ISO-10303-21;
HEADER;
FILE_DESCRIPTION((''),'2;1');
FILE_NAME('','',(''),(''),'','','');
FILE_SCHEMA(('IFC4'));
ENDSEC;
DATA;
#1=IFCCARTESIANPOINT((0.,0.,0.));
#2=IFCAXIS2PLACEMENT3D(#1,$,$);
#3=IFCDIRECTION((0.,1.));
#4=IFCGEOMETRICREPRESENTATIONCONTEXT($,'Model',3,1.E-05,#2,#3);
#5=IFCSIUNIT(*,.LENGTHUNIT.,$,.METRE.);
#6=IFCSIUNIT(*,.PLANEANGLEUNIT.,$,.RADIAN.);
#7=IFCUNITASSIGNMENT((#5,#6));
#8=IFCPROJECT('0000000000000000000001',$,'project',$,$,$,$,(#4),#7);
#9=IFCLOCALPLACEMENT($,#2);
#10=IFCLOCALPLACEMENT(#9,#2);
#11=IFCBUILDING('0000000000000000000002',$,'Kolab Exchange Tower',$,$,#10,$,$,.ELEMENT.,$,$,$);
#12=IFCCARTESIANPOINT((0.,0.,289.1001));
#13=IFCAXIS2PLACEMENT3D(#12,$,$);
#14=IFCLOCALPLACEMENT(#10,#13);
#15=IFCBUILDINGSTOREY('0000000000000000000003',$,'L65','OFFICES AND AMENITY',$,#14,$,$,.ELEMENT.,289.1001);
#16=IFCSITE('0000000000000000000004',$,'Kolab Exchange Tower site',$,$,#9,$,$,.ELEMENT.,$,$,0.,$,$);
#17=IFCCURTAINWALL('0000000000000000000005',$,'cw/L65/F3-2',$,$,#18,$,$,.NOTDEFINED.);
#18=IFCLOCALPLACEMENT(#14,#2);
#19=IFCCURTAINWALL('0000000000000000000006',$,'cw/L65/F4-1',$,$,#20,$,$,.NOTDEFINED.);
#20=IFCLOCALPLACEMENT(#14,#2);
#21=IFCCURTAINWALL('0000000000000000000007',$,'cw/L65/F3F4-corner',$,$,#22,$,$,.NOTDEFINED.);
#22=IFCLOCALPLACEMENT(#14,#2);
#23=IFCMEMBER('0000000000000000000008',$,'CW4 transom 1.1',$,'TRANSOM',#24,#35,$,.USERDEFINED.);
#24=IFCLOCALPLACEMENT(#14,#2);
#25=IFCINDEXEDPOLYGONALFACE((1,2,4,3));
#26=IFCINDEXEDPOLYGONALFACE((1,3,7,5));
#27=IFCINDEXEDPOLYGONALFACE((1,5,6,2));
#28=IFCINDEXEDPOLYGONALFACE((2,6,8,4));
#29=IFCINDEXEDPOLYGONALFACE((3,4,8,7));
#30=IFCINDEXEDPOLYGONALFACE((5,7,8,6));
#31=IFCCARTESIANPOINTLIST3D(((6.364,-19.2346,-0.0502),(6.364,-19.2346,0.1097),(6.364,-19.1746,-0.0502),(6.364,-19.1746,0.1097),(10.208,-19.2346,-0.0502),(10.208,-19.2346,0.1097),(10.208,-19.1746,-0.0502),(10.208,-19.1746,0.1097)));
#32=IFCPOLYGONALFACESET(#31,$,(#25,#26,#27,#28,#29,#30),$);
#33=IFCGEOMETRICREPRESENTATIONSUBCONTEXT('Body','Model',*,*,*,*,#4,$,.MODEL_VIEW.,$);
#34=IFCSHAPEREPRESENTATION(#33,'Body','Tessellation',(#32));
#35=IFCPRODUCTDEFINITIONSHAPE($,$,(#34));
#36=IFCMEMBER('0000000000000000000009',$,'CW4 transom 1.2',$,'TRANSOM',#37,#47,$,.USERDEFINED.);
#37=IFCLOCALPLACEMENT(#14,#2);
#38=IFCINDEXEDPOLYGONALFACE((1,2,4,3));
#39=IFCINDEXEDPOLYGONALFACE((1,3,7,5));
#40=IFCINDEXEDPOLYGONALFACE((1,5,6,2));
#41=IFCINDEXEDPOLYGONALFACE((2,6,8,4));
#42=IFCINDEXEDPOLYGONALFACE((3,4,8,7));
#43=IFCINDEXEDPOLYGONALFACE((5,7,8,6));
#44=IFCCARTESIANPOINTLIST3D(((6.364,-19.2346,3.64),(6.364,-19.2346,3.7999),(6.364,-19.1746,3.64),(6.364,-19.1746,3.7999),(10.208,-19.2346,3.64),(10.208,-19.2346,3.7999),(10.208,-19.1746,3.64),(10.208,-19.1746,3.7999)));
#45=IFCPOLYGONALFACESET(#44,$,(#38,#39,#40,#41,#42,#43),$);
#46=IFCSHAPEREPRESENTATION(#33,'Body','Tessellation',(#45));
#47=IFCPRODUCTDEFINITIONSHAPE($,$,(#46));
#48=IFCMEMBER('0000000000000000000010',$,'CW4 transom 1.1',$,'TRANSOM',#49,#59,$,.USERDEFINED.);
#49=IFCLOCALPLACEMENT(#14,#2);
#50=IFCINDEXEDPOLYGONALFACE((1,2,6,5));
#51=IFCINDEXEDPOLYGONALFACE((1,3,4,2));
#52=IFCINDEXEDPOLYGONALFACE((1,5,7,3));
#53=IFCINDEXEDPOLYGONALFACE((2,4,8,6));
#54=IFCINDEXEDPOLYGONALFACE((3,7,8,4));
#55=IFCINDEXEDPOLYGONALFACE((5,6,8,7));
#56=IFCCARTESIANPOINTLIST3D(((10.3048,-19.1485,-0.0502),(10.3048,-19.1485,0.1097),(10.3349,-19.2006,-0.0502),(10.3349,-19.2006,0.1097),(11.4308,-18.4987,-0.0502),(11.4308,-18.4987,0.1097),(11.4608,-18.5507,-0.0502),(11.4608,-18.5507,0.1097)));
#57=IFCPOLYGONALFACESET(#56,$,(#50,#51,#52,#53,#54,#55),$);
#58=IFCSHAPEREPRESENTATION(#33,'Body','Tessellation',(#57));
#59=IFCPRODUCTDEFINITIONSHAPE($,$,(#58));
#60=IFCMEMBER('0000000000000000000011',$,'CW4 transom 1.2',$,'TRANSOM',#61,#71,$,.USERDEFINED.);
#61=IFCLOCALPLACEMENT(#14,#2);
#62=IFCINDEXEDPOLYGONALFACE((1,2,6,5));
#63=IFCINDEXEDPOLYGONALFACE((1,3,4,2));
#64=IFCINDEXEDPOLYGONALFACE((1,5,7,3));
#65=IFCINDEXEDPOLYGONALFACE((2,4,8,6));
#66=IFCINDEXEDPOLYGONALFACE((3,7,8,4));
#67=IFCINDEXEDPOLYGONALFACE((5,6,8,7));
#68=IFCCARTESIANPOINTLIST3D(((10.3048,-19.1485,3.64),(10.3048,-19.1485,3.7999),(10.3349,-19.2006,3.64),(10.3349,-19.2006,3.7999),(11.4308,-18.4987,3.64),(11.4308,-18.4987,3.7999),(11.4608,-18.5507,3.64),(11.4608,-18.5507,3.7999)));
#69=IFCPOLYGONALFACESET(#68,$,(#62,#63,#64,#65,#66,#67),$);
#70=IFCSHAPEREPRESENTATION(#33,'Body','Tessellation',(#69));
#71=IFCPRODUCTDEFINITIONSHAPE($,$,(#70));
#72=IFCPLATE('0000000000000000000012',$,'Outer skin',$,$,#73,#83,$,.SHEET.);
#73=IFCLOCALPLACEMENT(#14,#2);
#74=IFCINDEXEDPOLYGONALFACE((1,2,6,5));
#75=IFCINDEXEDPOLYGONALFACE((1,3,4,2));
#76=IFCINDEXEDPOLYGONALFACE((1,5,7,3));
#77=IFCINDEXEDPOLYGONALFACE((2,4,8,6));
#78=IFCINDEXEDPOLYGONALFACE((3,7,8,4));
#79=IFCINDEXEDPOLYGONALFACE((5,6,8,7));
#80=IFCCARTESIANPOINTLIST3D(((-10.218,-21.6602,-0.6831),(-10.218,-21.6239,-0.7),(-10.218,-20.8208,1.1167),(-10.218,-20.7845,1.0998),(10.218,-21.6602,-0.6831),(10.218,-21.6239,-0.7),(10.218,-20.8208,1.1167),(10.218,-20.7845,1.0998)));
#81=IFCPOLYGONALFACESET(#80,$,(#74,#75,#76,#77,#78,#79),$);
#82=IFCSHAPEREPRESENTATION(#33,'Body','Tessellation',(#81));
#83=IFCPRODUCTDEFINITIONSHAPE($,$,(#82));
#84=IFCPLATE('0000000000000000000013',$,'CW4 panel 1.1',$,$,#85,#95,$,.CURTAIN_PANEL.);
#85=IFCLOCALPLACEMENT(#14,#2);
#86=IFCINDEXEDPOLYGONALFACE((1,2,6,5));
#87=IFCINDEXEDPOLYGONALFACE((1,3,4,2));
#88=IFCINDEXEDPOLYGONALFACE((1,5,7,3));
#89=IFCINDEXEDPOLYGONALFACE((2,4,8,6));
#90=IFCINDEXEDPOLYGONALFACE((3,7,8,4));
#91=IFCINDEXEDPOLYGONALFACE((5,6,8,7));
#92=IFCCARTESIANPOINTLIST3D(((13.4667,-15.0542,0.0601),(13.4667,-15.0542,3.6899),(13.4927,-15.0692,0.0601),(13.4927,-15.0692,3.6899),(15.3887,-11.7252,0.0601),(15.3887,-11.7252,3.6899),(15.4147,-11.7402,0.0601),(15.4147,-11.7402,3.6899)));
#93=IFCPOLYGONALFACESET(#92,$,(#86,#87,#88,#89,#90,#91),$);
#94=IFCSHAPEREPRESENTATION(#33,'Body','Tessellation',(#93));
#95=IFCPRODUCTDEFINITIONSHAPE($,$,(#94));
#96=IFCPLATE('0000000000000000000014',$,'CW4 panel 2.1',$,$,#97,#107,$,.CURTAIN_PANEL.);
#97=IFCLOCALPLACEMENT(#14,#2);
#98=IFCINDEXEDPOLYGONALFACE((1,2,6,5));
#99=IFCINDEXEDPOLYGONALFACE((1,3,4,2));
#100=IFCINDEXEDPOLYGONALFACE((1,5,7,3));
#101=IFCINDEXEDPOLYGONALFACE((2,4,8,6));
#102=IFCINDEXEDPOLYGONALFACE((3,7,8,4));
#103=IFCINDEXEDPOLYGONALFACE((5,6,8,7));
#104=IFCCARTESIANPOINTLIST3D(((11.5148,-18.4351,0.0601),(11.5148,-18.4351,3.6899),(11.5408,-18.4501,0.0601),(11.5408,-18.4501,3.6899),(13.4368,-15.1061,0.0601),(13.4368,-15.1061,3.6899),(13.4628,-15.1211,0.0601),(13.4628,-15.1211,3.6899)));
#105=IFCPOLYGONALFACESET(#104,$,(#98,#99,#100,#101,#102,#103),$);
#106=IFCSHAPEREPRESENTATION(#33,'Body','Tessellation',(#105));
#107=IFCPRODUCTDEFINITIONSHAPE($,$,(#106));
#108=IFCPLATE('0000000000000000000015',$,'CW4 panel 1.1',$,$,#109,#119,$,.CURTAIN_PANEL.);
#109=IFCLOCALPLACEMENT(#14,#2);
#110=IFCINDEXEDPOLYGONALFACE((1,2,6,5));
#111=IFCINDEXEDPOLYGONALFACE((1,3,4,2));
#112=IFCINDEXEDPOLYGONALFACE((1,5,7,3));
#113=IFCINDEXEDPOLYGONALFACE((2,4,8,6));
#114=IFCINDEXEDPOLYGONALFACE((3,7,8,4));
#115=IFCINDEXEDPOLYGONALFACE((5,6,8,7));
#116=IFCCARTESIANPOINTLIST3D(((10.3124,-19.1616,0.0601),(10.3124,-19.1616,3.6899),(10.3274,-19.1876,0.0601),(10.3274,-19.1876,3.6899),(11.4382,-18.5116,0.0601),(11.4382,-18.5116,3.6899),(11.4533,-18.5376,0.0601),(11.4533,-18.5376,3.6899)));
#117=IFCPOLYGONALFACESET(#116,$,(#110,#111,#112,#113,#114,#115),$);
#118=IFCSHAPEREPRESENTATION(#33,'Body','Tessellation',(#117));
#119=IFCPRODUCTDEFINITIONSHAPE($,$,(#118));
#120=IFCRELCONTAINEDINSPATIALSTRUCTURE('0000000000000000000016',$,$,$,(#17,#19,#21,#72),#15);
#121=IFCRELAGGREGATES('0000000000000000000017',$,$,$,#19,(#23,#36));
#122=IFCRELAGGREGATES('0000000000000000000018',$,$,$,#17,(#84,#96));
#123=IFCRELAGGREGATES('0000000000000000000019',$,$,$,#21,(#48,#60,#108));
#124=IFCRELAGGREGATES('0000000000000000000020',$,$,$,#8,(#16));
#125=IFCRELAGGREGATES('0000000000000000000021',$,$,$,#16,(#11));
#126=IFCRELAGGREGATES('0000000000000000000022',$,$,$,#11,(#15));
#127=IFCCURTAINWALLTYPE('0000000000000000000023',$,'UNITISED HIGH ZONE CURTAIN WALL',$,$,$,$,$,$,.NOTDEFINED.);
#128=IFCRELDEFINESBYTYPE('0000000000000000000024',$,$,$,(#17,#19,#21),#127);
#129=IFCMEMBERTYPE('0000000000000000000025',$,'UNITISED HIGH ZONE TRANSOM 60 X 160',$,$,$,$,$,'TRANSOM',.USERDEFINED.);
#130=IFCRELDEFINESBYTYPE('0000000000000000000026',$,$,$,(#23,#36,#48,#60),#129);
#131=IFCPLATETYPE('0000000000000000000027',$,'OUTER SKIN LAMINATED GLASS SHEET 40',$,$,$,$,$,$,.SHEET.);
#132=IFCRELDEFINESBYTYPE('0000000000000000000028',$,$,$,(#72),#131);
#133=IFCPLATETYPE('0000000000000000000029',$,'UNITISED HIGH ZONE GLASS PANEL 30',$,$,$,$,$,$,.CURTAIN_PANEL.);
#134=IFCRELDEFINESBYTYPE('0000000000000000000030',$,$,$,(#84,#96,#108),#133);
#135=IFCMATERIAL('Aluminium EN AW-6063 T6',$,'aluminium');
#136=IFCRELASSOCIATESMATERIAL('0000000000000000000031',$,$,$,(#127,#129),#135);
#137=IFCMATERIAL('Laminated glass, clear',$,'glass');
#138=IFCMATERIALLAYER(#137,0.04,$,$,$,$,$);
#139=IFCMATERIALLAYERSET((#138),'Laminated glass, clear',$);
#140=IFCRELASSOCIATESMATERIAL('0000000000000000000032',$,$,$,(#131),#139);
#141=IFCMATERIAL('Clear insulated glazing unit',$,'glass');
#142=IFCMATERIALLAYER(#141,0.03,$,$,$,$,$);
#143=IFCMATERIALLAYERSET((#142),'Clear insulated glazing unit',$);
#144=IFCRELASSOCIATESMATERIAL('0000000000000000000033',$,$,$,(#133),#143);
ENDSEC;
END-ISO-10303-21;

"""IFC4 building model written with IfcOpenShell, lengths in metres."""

from ifc_helpers import new_model, si_unit, direction, frame, origin, origin_2d, place, context, subcontext, project, spatial, polyline, rectangle, outline, extrude, material, layer, layer_set, material_profile, profile_set, type_object, element, aggregate, save


model = new_model("IFC4")

# Units and contexts
model_context = context("Model", 3, precision=1e-05, world=origin(), true_north=direction((0.0, 1.0)))
body_context = subcontext(model_context, "Body", "Model", "MODEL_VIEW")
ifc_project = project(units=[si_unit("LENGTHUNIT", "METRE"), si_unit("PLANEANGLEUNIT", "RADIAN")], contexts=[model_context])

# Site, building, storey
site_placement = place(None, origin())
site = spatial("IfcSite", under=ifc_project, at=site_placement, Name="Kolab Exchange Tower site", CompositionType="ELEMENT", RefElevation=0.0)
building_placement = place(site_placement, origin())
building = spatial("IfcBuilding", under=site, at=building_placement, Name="Kolab Exchange Tower", CompositionType="ELEMENT")
storey_placement = place(building_placement, frame((0.0, 0.0, 289.1001)))
storey = spatial("IfcBuildingStorey", under=building, at=storey_placement, Name="L65", Description="OFFICES AND AMENITY", CompositionType="ELEMENT", Elevation=289.1001)

# Curtain wall
ifc_material_1 = material(Name="Aluminium EN AW-6063 T6", Category="aluminium")
curtain_wall_type = type_object("IfcCurtainWallType", Name="UNITISED HIGH ZONE CURTAIN WALL", PredefinedType="NOTDEFINED", material=ifc_material_1)
curtain_wall_1_placement = place(storey_placement, origin())
curtain_wall_1 = element("IfcCurtainWall", 1, at=curtain_wall_1_placement, inside=storey, type_object=curtain_wall_type, Name="cw/L65/F3-2", PredefinedType="NOTDEFINED")

# Curtain wall
curtain_wall_2_placement = place(storey_placement, origin())
curtain_wall_2 = element("IfcCurtainWall", 2, at=curtain_wall_2_placement, inside=storey, type_object=curtain_wall_type, Name="cw/L65/F4-1", PredefinedType="NOTDEFINED")

# Curtain wall
curtain_wall_3_placement = place(storey_placement, origin())
curtain_wall_3 = element("IfcCurtainWall", 3, at=curtain_wall_3_placement, inside=storey, type_object=curtain_wall_type, Name="cw/L65/F3F4-corner", PredefinedType="NOTDEFINED")

# Members
ifc_material_profile_1 = material_profile(ifc_material_1, rectangle(XDim=0.0601, YDim=0.1599, at=origin_2d()), Name="RECT 60X160")
ifc_profile_set_1 = profile_set([ifc_material_profile_1], Name="Aluminium EN AW-6063 T6")
member_type_1 = type_object("IfcMemberType", Name="UNITISED HIGH ZONE TRANSOM 60 X 160", ElementType="TRANSOM", PredefinedType="USERDEFINED", material=ifc_profile_set_1)
member_1_placement = place(storey_placement, frame((10.208, -19.2046, 0.0298), z_axis=(-1.0, 0.0, 0.0), x_axis=(0.0, -1.0, 0.0)))
member_1 = element("IfcMember", 4, at=member_1_placement, type_object=member_type_1, Name="CW4 transom 1.1", ObjectType="TRANSOM", PredefinedType="USERDEFINED", context=body_context, shape_type="SweptSolid", body=[
    extrude(rectangle(XDim=0.0601, YDim=0.1599, at=origin_2d()), origin(), (0.0, 0.0, 1.0), 3.844),
])
member_2_placement = place(storey_placement, frame((10.208, -19.2046, 3.72), z_axis=(-1.0, 0.0, 0.0), x_axis=(0.0, -1.0, 0.0)))
member_2 = element("IfcMember", 5, at=member_2_placement, type_object=member_type_1, Name="CW4 transom 1.2", ObjectType="TRANSOM", PredefinedType="USERDEFINED", context=body_context, shape_type="SweptSolid", body=[
    extrude(rectangle(XDim=0.0601, YDim=0.1599, at=origin_2d()), origin(), (0.0, 0.0, 1.0), 3.844),
])
aggregate(curtain_wall_2, [member_1, member_2])
member_3_placement = place(storey_placement, frame((11.4458, -18.5247, 0.0298), z_axis=(-0.866086, -0.499896, 0.0), x_axis=(0.499896, -0.866086, 0.0)))
member_3 = element("IfcMember", 6, at=member_3_placement, type_object=member_type_1, Name="CW4 transom 1.1", ObjectType="TRANSOM", PredefinedType="USERDEFINED", context=body_context, shape_type="SweptSolid", body=[
    extrude(rectangle(XDim=0.0601, YDim=0.1599, at=origin_2d()), origin(), (0.0, 0.0, 1.0), 1.3),
])
member_4_placement = place(storey_placement, frame((11.4458, -18.5247, 3.72), z_axis=(-0.866086, -0.499896, 0.0), x_axis=(0.499896, -0.866086, 0.0)))
member_4 = element("IfcMember", 7, at=member_4_placement, type_object=member_type_1, Name="CW4 transom 1.2", ObjectType="TRANSOM", PredefinedType="USERDEFINED", context=body_context, shape_type="SweptSolid", body=[
    extrude(rectangle(XDim=0.0601, YDim=0.1599, at=origin_2d()), origin(), (0.0, 0.0, 1.0), 1.3),
])

# Plates
ifc_material_2 = material(Name="Laminated glass, clear", Category="glass")
ifc_layer_1 = layer(ifc_material_2, 0.04)
ifc_layer_set_1 = layer_set([ifc_layer_1], Name="Laminated glass, clear")
plate_type_1 = type_object("IfcPlateType", Name="OUTER SKIN LAMINATED GLASS SHEET 40", PredefinedType="SHEET", material=ifc_layer_set_1)
plate_1_placement = place(storey_placement, frame((10.218, -21.6602, -0.6831), z_axis=(0.0, -0.90629, 0.422657), x_axis=(-1.0, 0.0, 0.0)))
element("IfcPlate", 8, at=plate_1_placement, inside=storey, type_object=plate_type_1, Name="Outer skin", PredefinedType="SHEET", context=body_context, shape_type="SweptSolid", body=[
    extrude(outline(polyline([(0.0, 0.0), (20.436, 0.0), (20.436, -1.9859), (0.0, -1.9859), (0.0, 0.0)])), origin(), (0.0, 0.0, -1.0), 0.04),
])
ifc_material_3 = material(Name="Clear insulated glazing unit", Category="glass")
ifc_layer_2 = layer(ifc_material_3, 0.03)
ifc_layer_set_2 = layer_set([ifc_layer_2], Name="Clear insulated glazing unit")
plate_type_2 = type_object("IfcPlateType", Name="UNITISED HIGH ZONE GLASS PANEL 30", PredefinedType="CURTAIN_PANEL", material=ifc_layer_set_2)
plate_2_placement = place(storey_placement, frame((14.4407, -13.3972, 0.0601), z_axis=(0.0, 0.0, 1.0), x_axis=(-0.5, -0.866025, 0.0)))
plate_2 = element("IfcPlate", 9, at=plate_2_placement, type_object=plate_type_2, Name="CW4 panel 1.1", PredefinedType="CURTAIN_PANEL", context=body_context, shape_type="SweptSolid", body=[
    extrude(rectangle(XDim=3.844, YDim=0.03, at=origin_2d()), origin(), (0.0, 0.0, 1.0), 3.6299),
])
plate_3_placement = place(storey_placement, frame((12.4888, -16.7781, 0.0601), z_axis=(0.0, 0.0, 1.0), x_axis=(-0.5, -0.866025, 0.0)))
plate_3 = element("IfcPlate", 10, at=plate_3_placement, type_object=plate_type_2, Name="CW4 panel 2.1", PredefinedType="CURTAIN_PANEL", context=body_context, shape_type="SweptSolid", body=[
    extrude(rectangle(XDim=3.844, YDim=0.03, at=origin_2d()), origin(), (0.0, 0.0, 1.0), 3.6299),
])
aggregate(curtain_wall_1, [plate_2, plate_3])
plate_4_placement = place(storey_placement, frame((10.8828, -18.8496, 0.0601), z_axis=(0.0, 0.0, 1.0), x_axis=(-0.866025, -0.5, 0.0)))
plate_4 = element("IfcPlate", 11, at=plate_4_placement, type_object=plate_type_2, Name="CW4 panel 1.1", PredefinedType="CURTAIN_PANEL", context=body_context, shape_type="SweptSolid", body=[
    extrude(rectangle(XDim=1.3, YDim=0.03, at=origin_2d()), origin(), (0.0, 0.0, 1.0), 3.6299),
])
aggregate(curtain_wall_3, [member_3, member_4, plate_4])

save(model, "model.ifc")
